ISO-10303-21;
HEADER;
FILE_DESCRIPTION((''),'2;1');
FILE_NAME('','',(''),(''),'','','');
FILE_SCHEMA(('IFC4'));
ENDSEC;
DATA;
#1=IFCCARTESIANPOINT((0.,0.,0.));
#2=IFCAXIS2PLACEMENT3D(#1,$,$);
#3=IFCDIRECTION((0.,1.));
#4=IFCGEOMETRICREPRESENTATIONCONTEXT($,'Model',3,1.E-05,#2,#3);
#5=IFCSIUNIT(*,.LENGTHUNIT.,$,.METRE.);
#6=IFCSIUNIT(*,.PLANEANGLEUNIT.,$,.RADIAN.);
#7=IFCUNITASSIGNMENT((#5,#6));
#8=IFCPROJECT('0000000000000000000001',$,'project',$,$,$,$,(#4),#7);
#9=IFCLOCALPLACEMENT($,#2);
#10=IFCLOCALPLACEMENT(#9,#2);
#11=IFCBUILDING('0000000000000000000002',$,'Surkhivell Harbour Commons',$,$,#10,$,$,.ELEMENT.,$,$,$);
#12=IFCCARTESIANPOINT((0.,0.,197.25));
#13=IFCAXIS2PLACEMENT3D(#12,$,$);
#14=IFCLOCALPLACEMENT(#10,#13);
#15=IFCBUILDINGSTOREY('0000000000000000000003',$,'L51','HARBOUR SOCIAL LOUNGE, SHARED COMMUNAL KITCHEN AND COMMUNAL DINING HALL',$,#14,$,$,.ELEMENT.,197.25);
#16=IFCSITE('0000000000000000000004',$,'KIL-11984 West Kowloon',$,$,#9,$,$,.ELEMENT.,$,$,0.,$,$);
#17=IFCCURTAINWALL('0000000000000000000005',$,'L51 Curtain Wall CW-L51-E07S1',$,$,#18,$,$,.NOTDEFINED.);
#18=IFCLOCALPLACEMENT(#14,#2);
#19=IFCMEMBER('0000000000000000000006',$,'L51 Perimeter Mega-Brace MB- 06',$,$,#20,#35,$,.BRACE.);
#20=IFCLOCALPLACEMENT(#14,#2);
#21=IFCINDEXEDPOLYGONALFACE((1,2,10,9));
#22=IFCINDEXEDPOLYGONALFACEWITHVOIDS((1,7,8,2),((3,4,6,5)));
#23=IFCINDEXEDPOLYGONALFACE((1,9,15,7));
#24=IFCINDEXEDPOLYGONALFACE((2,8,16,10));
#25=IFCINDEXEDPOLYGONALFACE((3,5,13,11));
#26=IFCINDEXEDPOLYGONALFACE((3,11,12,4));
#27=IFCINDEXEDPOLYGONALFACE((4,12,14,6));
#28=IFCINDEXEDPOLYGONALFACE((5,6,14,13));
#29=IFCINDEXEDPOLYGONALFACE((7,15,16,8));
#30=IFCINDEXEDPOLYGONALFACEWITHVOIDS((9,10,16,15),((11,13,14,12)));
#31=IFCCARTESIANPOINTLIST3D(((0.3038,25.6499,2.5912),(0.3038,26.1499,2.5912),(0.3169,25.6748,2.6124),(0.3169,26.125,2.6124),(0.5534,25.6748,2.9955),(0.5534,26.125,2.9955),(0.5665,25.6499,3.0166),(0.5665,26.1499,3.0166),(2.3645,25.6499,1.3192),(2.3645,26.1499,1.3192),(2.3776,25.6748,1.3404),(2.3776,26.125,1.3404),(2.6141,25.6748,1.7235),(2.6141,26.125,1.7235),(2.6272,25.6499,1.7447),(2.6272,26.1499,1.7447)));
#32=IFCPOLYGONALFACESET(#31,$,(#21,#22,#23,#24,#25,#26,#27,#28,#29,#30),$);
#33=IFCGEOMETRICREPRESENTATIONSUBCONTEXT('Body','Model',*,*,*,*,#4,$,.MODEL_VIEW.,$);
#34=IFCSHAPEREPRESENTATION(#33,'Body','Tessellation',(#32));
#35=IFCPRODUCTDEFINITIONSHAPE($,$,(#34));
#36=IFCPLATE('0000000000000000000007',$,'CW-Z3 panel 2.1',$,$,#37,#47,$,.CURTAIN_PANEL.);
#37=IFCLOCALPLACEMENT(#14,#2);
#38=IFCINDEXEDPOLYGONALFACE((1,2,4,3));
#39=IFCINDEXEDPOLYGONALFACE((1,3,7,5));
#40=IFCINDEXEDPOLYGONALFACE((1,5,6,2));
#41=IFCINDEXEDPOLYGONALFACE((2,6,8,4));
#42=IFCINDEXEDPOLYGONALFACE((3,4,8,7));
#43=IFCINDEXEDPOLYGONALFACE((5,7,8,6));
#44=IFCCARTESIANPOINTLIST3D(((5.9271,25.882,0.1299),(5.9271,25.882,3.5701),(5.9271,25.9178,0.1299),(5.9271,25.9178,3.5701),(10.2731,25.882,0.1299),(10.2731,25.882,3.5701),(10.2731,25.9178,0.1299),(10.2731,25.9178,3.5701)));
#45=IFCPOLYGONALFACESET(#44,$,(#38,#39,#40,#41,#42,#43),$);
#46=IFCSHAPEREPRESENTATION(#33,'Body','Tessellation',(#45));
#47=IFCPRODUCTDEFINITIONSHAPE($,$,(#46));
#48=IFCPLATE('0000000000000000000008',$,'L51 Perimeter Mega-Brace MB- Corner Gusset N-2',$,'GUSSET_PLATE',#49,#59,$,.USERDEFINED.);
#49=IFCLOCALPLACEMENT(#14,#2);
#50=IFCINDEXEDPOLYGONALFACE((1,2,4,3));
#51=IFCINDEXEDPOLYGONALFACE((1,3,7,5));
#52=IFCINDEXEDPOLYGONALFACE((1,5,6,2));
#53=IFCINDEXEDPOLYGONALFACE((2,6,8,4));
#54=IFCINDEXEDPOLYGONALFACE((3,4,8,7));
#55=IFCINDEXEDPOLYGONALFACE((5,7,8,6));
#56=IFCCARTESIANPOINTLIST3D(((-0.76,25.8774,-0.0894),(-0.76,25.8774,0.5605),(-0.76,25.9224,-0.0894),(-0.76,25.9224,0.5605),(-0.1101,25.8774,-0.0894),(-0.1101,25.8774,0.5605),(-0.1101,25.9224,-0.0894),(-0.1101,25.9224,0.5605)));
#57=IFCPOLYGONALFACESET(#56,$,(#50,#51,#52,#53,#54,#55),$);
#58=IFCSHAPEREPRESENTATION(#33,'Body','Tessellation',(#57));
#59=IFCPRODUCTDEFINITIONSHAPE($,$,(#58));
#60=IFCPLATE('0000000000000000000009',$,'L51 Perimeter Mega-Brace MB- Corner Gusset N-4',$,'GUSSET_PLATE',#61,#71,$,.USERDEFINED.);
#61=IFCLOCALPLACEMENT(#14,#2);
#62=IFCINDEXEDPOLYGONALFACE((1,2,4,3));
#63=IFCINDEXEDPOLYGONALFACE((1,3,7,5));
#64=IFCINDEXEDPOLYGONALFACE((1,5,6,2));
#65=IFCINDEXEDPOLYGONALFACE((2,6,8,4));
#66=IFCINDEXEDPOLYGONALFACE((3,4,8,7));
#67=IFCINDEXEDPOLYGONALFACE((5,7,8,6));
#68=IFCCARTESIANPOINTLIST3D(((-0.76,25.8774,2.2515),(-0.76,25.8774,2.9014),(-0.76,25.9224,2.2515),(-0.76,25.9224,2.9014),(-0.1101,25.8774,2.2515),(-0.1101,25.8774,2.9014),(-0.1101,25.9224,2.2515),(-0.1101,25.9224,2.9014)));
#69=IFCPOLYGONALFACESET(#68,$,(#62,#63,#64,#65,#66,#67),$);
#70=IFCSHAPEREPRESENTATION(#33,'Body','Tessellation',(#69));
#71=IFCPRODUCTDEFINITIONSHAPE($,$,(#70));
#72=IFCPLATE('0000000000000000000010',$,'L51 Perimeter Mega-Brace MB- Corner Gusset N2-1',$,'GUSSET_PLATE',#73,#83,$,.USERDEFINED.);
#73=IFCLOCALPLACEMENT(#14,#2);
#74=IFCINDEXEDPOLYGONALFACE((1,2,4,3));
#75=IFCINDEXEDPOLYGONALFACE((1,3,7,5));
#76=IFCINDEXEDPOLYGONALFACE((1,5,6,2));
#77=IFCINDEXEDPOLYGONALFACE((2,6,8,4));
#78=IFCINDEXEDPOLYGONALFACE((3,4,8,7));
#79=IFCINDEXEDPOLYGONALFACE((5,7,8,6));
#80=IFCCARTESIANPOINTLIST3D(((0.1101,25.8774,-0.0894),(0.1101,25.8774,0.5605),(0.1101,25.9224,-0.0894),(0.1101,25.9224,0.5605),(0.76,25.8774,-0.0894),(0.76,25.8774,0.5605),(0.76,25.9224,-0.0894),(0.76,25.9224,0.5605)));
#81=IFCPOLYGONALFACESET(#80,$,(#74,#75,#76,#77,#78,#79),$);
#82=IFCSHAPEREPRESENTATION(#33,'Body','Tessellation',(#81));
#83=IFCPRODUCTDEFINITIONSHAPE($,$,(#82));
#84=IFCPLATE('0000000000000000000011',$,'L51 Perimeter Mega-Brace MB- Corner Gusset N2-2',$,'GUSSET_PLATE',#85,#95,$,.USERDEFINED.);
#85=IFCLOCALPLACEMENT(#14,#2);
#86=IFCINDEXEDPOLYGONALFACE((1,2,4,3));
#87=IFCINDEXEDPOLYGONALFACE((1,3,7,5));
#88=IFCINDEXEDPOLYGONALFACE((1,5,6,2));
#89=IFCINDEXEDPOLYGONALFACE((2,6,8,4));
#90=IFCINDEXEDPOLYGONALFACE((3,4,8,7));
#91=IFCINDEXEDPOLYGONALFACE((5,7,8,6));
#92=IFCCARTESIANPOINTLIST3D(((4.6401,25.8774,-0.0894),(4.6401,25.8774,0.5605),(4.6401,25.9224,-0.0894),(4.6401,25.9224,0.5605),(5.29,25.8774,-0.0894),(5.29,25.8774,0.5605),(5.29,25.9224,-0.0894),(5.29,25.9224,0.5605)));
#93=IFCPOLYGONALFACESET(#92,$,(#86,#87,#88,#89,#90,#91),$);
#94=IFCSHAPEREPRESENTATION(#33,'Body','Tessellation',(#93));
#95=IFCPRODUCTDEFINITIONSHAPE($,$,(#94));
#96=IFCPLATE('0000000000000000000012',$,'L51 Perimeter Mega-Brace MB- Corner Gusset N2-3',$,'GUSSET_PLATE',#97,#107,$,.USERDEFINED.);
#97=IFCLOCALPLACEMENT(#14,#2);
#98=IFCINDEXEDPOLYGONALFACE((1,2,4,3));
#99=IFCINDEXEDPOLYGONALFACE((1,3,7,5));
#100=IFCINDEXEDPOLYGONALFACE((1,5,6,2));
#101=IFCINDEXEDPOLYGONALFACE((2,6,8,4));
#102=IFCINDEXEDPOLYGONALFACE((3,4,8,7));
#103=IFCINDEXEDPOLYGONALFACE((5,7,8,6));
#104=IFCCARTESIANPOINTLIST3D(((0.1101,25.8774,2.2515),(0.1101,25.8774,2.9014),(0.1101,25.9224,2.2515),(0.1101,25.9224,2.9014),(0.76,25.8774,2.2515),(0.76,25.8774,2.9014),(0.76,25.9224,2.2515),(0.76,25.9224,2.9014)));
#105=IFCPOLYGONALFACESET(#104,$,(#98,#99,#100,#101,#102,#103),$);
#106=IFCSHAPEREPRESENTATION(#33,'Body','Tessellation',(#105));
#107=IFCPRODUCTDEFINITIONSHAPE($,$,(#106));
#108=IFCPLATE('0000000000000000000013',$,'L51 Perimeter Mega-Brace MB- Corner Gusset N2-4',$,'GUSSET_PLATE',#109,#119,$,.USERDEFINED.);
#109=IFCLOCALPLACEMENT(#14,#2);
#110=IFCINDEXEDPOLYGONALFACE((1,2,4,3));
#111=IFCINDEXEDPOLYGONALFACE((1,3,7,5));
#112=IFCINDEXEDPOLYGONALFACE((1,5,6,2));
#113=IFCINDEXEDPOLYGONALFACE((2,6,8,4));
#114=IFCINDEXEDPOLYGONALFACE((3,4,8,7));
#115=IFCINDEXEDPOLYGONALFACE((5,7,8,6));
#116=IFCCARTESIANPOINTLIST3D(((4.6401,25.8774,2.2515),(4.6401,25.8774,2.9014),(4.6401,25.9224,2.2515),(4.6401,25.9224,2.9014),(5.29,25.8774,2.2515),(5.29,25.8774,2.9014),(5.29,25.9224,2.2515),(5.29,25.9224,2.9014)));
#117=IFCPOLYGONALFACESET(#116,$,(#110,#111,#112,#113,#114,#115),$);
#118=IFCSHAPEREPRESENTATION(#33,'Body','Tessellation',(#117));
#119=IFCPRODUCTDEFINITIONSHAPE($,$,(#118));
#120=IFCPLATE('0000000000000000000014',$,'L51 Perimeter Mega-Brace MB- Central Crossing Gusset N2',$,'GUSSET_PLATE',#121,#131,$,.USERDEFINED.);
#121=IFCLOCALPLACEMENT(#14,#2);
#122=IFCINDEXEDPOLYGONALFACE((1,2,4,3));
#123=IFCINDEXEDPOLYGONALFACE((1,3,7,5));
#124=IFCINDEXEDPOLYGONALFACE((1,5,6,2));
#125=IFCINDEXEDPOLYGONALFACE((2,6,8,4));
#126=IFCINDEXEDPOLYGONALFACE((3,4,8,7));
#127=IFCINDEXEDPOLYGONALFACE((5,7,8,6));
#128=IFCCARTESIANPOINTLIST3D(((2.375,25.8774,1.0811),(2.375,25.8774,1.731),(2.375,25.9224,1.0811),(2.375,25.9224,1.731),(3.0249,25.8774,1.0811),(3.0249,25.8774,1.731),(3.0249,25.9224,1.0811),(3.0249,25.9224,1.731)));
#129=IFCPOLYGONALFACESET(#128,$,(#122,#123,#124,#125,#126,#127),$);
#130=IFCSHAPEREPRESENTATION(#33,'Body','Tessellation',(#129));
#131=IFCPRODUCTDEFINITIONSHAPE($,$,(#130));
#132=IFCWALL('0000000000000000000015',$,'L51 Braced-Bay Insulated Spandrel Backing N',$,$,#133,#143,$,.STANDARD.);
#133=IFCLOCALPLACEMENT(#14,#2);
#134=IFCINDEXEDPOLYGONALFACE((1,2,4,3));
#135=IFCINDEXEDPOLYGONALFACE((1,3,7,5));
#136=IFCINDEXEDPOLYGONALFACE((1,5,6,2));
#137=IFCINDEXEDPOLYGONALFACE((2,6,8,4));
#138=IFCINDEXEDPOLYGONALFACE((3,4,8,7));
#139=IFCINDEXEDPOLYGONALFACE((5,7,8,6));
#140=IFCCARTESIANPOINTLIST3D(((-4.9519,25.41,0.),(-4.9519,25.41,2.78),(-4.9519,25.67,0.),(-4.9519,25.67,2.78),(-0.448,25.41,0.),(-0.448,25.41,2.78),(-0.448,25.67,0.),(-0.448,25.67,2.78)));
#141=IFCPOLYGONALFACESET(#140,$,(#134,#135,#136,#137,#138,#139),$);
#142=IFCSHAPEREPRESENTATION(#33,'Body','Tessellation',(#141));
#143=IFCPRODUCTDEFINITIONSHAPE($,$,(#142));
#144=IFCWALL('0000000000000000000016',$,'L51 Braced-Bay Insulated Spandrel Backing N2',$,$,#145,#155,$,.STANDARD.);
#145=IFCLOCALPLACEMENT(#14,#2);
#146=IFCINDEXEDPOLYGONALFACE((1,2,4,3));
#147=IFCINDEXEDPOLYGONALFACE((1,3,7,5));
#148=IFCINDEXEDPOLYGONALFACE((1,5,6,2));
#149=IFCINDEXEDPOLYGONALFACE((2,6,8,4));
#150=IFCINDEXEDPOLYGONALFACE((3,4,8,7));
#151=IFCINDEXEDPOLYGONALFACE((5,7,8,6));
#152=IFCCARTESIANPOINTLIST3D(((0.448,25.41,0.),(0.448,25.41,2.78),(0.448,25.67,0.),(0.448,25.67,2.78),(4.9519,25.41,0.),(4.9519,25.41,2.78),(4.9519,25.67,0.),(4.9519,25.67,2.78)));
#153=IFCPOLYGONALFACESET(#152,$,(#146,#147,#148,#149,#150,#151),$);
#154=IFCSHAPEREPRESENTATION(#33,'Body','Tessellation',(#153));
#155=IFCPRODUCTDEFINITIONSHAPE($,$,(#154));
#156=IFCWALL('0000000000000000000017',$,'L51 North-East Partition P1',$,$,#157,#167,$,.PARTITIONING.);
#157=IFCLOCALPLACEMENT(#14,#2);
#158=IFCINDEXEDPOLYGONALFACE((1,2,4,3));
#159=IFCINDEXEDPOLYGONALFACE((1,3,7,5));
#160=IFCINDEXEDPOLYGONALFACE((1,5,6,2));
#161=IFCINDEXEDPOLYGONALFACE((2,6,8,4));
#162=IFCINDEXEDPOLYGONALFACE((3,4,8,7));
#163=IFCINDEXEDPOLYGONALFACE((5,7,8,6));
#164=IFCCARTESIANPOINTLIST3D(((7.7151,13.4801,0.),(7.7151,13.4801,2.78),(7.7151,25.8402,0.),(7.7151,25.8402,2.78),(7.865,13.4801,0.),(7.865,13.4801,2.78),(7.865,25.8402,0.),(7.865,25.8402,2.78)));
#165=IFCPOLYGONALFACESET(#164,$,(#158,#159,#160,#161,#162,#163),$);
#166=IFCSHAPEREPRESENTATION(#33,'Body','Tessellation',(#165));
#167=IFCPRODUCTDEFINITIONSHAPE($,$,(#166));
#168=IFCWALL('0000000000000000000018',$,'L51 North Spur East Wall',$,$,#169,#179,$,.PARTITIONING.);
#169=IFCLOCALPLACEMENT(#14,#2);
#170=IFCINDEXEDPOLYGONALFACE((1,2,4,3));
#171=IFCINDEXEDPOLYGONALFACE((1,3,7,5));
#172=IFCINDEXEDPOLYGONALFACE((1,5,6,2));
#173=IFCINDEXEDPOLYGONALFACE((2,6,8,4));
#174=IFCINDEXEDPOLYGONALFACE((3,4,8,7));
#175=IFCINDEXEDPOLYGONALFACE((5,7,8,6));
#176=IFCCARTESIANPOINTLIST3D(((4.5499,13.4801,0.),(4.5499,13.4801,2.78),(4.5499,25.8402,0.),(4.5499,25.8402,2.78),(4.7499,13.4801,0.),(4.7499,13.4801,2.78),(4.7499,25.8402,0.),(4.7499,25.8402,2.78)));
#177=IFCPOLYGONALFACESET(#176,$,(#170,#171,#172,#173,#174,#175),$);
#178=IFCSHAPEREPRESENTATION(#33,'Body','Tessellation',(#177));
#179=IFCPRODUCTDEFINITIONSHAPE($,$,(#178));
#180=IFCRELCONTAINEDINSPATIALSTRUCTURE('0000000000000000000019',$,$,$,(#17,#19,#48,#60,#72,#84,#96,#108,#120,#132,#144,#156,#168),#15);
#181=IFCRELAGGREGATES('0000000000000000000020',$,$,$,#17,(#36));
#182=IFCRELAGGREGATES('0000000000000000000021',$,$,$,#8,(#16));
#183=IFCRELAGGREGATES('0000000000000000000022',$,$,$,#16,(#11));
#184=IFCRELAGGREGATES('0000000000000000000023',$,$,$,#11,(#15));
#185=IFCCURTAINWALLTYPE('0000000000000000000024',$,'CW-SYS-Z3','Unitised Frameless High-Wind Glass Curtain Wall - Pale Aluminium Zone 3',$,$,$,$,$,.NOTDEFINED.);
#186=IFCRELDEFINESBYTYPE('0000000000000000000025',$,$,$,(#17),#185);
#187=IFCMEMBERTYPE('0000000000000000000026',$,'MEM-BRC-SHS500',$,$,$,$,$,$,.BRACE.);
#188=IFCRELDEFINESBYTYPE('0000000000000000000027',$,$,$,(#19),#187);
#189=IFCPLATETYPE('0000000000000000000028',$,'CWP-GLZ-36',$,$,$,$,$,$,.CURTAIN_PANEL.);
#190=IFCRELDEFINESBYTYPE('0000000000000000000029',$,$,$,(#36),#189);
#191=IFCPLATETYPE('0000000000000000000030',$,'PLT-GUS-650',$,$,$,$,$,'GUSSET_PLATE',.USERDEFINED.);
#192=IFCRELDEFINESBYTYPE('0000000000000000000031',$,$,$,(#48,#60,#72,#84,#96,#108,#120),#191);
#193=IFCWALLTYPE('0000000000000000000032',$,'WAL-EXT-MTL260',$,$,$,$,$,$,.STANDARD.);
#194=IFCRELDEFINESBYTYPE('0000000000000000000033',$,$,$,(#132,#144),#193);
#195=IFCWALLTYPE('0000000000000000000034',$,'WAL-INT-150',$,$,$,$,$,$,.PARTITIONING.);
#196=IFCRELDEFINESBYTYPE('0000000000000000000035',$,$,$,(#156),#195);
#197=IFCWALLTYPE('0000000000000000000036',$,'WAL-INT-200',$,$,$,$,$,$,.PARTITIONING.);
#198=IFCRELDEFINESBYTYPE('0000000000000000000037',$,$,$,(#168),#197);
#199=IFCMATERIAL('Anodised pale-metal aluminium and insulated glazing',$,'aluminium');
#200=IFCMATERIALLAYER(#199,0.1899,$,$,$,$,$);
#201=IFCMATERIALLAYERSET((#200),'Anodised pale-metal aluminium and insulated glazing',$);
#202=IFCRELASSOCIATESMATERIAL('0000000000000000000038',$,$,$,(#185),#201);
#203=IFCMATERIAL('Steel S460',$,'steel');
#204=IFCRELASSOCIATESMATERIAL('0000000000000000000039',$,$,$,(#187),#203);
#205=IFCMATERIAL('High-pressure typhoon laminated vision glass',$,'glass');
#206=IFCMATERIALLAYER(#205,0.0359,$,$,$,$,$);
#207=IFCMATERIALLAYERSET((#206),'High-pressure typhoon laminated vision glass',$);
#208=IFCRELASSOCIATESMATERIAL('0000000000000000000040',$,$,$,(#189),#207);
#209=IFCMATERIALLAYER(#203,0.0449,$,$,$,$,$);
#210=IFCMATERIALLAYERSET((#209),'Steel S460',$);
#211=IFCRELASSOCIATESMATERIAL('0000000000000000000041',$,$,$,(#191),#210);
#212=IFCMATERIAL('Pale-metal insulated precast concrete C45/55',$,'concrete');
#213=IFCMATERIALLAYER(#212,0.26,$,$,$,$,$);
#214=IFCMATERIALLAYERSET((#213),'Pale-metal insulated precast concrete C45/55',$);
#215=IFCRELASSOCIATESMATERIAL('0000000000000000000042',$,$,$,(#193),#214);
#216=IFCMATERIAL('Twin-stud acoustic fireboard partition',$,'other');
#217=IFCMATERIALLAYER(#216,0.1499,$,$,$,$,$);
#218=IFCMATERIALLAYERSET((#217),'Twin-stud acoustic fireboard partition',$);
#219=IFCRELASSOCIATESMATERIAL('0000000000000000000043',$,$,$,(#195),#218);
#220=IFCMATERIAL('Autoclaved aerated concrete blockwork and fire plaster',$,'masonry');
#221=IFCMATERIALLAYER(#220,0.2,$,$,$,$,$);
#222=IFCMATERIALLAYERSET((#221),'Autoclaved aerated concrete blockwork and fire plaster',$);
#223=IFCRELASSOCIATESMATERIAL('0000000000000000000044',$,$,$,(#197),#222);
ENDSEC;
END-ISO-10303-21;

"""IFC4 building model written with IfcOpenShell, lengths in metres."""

from ifc_helpers import new_model, si_unit, direction, frame, frame_2d, origin, origin_2d, place, context, subcontext, project, spatial, rectangle, hollow_rectangle, extrude, material, layer, layer_set, material_profile, profile_set, type_object, element, aggregate, save


model = new_model("IFC4")

# Units and contexts
model_context = context("Model", 3, precision=1e-05, world=origin(), true_north=direction((0.0, 1.0)))
body_context = subcontext(model_context, "Body", "Model", "MODEL_VIEW")
ifc_project = project(units=[si_unit("LENGTHUNIT", "METRE"), si_unit("PLANEANGLEUNIT", "RADIAN")], contexts=[model_context])

# Site, building, storey
site_placement = place(None, origin())
site = spatial("IfcSite", under=ifc_project, at=site_placement, Name="KIL-11984 West Kowloon", CompositionType="ELEMENT", RefElevation=0.0)
building_placement = place(site_placement, origin())
building = spatial("IfcBuilding", under=site, at=building_placement, Name="Surkhivell Harbour Commons", CompositionType="ELEMENT")
storey_placement = place(building_placement, frame((0.0, 0.0, 197.25)))
storey = spatial("IfcBuildingStorey", under=building, at=storey_placement, Name="L51", Description="HARBOUR SOCIAL LOUNGE, SHARED COMMUNAL KITCHEN AND COMMUNAL DINING HALL", CompositionType="ELEMENT", Elevation=197.25)

# Curtain wall
ifc_material_1 = material(Name="Anodised pale-metal aluminium and insulated glazing", Category="aluminium")
ifc_layer_1 = layer(ifc_material_1, 0.1899)
ifc_layer_set_1 = layer_set([ifc_layer_1], Name="Anodised pale-metal aluminium and insulated glazing")
curtain_wall_type = type_object("IfcCurtainWallType", Name="CW-SYS-Z3", Description="Unitised Frameless High-Wind Glass Curtain Wall - Pale Aluminium Zone 3", PredefinedType="NOTDEFINED", material=ifc_layer_set_1)
curtain_wall_placement = place(storey_placement, origin())
curtain_wall = element("IfcCurtainWall", 1, at=curtain_wall_placement, inside=storey, type_object=curtain_wall_type, Name="L51 Curtain Wall CW-L51-E07S1", PredefinedType="NOTDEFINED")

# Member
ifc_material_2 = material(Name="Steel S460", Category="steel")
ifc_material_profile_1 = material_profile(ifc_material_2, hollow_rectangle(XDim=0.5, YDim=0.5, WallThickness=0.0249, at=origin_2d()), Name="SHS500x500x25")
ifc_profile_set_1 = profile_set([ifc_material_profile_1], Name="Steel S460")
member_type_1 = type_object("IfcMemberType", Name="MEM-BRC-SHS500", PredefinedType="BRACE", material=ifc_profile_set_1)
for number, where, z_axis, x_axis, name in (
    (2, (2.4958, 25.8999, 1.532), (-0.850958, 0.0, 0.525233), (0.0, -1.0, 0.0), "L51 Perimeter Mega-Brace MB- 06"),
):
    element("IfcMember", number, at=place(storey_placement, frame(where, z_axis=z_axis, x_axis=x_axis)), inside=storey, type_object=member_type_1, Name=name, PredefinedType="BRACE", context=body_context, shape_type="SweptSolid", body=[
        extrude(hollow_rectangle(XDim=0.5, YDim=0.5, WallThickness=0.0249, at=origin_2d()), origin(), (0.0, 0.0, 1.0), 2.4216),
    ])

# Plate
ifc_material_3 = material(Name="High-pressure typhoon laminated vision glass", Category="glass")
ifc_layer_2 = layer(ifc_material_3, 0.0359)
ifc_layer_set_2 = layer_set([ifc_layer_2], Name="High-pressure typhoon laminated vision glass")
plate_type_1 = type_object("IfcPlateType", Name="CWP-GLZ-36", PredefinedType="CURTAIN_PANEL", material=ifc_layer_set_2)
plate_placement = place(storey_placement, frame((10.2729, 25.8999, 0.1299), z_axis=(0.0, 0.0, 1.0), x_axis=(-1.0, 0.0, 0.0)))
plate = element("IfcPlate", 3, at=plate_placement, type_object=plate_type_1, Name="CW-Z3 panel 2.1", PredefinedType="CURTAIN_PANEL", context=body_context, shape_type="SweptSolid", body=[
    extrude(rectangle(XDim=4.3459, YDim=0.0359, at=frame_2d((2.1729, 0.0))), origin(), (0.0, 0.0, 1.0), 3.4402),
])
aggregate(curtain_wall, [plate])

# Plates
ifc_layer_3 = layer(ifc_material_2, 0.0449)
ifc_layer_set_3 = layer_set([ifc_layer_3], Name="Steel S460")
plate_type_2 = type_object("IfcPlateType", Name="PLT-GUS-650", ElementType="GUSSET_PLATE", PredefinedType="USERDEFINED", material=ifc_layer_set_3)
for number, where, z_axis, x_axis, name in (
    (4, (-0.4351, 25.8999, -0.0894), (0.0, 0.0, 1.0), (1.0, 0.0, 0.0), "L51 Perimeter Mega-Brace MB- Corner Gusset N-2"),
    (5, (-0.4351, 25.8999, 2.2515), (0.0, 0.0, 1.0), (1.0, 0.0, 0.0), "L51 Perimeter Mega-Brace MB- Corner Gusset N-4"),
    (6, (0.4351, 25.8999, -0.0894), (0.0, 0.0, 1.0), (1.0, 0.0, 0.0), "L51 Perimeter Mega-Brace MB- Corner Gusset N2-1"),
    (7, (4.9651, 25.8999, -0.0894), (0.0, 0.0, 1.0), (1.0, 0.0, 0.0), "L51 Perimeter Mega-Brace MB- Corner Gusset N2-2"),
    (8, (0.4351, 25.8999, 2.2515), (0.0, 0.0, 1.0), (1.0, 0.0, 0.0), "L51 Perimeter Mega-Brace MB- Corner Gusset N2-3"),
    (9, (4.9651, 25.8999, 2.2515), (0.0, 0.0, 1.0), (1.0, 0.0, 0.0), "L51 Perimeter Mega-Brace MB- Corner Gusset N2-4"),
    (10, (2.7, 25.8999, 1.0811), (0.0, 0.0, 1.0), (1.0, 0.0, 0.0), "L51 Perimeter Mega-Brace MB- Central Crossing Gusset N2"),
):
    element("IfcPlate", number, at=place(storey_placement, frame(where, z_axis=z_axis, x_axis=x_axis)), inside=storey, type_object=plate_type_2, Name=name, ObjectType="GUSSET_PLATE", PredefinedType="USERDEFINED", context=body_context, shape_type="SweptSolid", body=[
        extrude(rectangle(XDim=0.6499, YDim=0.0449, at=origin_2d()), origin(), (0.0, 0.0, 1.0), 0.6499),
    ])

# Walls
ifc_material_4 = material(Name="Pale-metal insulated precast concrete C45/55", Category="concrete")
ifc_layer_4 = layer(ifc_material_4, 0.26)
ifc_layer_set_4 = layer_set([ifc_layer_4], Name="Pale-metal insulated precast concrete C45/55")
wall_type_1 = type_object("IfcWallType", Name="WAL-EXT-MTL260", PredefinedType="STANDARD", material=ifc_layer_set_4)
for number, where, z_axis, x_axis, name in (
    (11, (-0.448, 25.54, 0.0), (0.0, 0.0, 1.0), (-1.0, 0.0, 0.0), "L51 Braced-Bay Insulated Spandrel Backing N"),
    (12, (4.9519, 25.54, 0.0), (0.0, 0.0, 1.0), (-1.0, 0.0, 0.0), "L51 Braced-Bay Insulated Spandrel Backing N2"),
):
    element("IfcWall", number, at=place(storey_placement, frame(where, z_axis=z_axis, x_axis=x_axis)), inside=storey, type_object=wall_type_1, Name=name, PredefinedType="STANDARD", context=body_context, shape_type="SweptSolid", body=[
        extrude(rectangle(XDim=4.5039, YDim=0.26, at=frame_2d((2.252, 0.0))), origin(), (0.0, 0.0, 1.0), 2.78),
    ])
ifc_material_5 = material(Name="Twin-stud acoustic fireboard partition", Category="other")
ifc_layer_5 = layer(ifc_material_5, 0.1499)
ifc_layer_set_5 = layer_set([ifc_layer_5], Name="Twin-stud acoustic fireboard partition")
wall_type_2 = type_object("IfcWallType", Name="WAL-INT-150", PredefinedType="PARTITIONING", material=ifc_layer_set_5)
wall_1_placement = place(storey_placement, frame((7.79, 13.48, 0.0), z_axis=(0.0, 0.0, 1.0), x_axis=(0.0, 1.0, 0.0)))
element("IfcWall", 13, at=wall_1_placement, inside=storey, type_object=wall_type_2, Name="L51 North-East Partition P1", PredefinedType="PARTITIONING", context=body_context, shape_type="SweptSolid", body=[
    extrude(rectangle(XDim=12.3601, YDim=0.1499, at=frame_2d((6.1802, 0.0))), origin(), (0.0, 0.0, 1.0), 2.78),
])
ifc_material_6 = material(Name="Autoclaved aerated concrete blockwork and fire plaster", Category="masonry")
ifc_layer_6 = layer(ifc_material_6, 0.2)
ifc_layer_set_6 = layer_set([ifc_layer_6], Name="Autoclaved aerated concrete blockwork and fire plaster")
wall_type_3 = type_object("IfcWallType", Name="WAL-INT-200", PredefinedType="PARTITIONING", material=ifc_layer_set_6)
wall_2_placement = place(storey_placement, frame((4.6499, 13.48, 0.0), z_axis=(0.0, 0.0, 1.0), x_axis=(0.0, 1.0, 0.0)))
element("IfcWall", 14, at=wall_2_placement, inside=storey, type_object=wall_type_3, Name="L51 North Spur East Wall", PredefinedType="PARTITIONING", context=body_context, shape_type="SweptSolid", body=[
    extrude(rectangle(XDim=12.3601, YDim=0.2, at=frame_2d((6.1802, 0.0))), origin(), (0.0, 0.0, 1.0), 2.78),
])

save(model, "model.ifc")
